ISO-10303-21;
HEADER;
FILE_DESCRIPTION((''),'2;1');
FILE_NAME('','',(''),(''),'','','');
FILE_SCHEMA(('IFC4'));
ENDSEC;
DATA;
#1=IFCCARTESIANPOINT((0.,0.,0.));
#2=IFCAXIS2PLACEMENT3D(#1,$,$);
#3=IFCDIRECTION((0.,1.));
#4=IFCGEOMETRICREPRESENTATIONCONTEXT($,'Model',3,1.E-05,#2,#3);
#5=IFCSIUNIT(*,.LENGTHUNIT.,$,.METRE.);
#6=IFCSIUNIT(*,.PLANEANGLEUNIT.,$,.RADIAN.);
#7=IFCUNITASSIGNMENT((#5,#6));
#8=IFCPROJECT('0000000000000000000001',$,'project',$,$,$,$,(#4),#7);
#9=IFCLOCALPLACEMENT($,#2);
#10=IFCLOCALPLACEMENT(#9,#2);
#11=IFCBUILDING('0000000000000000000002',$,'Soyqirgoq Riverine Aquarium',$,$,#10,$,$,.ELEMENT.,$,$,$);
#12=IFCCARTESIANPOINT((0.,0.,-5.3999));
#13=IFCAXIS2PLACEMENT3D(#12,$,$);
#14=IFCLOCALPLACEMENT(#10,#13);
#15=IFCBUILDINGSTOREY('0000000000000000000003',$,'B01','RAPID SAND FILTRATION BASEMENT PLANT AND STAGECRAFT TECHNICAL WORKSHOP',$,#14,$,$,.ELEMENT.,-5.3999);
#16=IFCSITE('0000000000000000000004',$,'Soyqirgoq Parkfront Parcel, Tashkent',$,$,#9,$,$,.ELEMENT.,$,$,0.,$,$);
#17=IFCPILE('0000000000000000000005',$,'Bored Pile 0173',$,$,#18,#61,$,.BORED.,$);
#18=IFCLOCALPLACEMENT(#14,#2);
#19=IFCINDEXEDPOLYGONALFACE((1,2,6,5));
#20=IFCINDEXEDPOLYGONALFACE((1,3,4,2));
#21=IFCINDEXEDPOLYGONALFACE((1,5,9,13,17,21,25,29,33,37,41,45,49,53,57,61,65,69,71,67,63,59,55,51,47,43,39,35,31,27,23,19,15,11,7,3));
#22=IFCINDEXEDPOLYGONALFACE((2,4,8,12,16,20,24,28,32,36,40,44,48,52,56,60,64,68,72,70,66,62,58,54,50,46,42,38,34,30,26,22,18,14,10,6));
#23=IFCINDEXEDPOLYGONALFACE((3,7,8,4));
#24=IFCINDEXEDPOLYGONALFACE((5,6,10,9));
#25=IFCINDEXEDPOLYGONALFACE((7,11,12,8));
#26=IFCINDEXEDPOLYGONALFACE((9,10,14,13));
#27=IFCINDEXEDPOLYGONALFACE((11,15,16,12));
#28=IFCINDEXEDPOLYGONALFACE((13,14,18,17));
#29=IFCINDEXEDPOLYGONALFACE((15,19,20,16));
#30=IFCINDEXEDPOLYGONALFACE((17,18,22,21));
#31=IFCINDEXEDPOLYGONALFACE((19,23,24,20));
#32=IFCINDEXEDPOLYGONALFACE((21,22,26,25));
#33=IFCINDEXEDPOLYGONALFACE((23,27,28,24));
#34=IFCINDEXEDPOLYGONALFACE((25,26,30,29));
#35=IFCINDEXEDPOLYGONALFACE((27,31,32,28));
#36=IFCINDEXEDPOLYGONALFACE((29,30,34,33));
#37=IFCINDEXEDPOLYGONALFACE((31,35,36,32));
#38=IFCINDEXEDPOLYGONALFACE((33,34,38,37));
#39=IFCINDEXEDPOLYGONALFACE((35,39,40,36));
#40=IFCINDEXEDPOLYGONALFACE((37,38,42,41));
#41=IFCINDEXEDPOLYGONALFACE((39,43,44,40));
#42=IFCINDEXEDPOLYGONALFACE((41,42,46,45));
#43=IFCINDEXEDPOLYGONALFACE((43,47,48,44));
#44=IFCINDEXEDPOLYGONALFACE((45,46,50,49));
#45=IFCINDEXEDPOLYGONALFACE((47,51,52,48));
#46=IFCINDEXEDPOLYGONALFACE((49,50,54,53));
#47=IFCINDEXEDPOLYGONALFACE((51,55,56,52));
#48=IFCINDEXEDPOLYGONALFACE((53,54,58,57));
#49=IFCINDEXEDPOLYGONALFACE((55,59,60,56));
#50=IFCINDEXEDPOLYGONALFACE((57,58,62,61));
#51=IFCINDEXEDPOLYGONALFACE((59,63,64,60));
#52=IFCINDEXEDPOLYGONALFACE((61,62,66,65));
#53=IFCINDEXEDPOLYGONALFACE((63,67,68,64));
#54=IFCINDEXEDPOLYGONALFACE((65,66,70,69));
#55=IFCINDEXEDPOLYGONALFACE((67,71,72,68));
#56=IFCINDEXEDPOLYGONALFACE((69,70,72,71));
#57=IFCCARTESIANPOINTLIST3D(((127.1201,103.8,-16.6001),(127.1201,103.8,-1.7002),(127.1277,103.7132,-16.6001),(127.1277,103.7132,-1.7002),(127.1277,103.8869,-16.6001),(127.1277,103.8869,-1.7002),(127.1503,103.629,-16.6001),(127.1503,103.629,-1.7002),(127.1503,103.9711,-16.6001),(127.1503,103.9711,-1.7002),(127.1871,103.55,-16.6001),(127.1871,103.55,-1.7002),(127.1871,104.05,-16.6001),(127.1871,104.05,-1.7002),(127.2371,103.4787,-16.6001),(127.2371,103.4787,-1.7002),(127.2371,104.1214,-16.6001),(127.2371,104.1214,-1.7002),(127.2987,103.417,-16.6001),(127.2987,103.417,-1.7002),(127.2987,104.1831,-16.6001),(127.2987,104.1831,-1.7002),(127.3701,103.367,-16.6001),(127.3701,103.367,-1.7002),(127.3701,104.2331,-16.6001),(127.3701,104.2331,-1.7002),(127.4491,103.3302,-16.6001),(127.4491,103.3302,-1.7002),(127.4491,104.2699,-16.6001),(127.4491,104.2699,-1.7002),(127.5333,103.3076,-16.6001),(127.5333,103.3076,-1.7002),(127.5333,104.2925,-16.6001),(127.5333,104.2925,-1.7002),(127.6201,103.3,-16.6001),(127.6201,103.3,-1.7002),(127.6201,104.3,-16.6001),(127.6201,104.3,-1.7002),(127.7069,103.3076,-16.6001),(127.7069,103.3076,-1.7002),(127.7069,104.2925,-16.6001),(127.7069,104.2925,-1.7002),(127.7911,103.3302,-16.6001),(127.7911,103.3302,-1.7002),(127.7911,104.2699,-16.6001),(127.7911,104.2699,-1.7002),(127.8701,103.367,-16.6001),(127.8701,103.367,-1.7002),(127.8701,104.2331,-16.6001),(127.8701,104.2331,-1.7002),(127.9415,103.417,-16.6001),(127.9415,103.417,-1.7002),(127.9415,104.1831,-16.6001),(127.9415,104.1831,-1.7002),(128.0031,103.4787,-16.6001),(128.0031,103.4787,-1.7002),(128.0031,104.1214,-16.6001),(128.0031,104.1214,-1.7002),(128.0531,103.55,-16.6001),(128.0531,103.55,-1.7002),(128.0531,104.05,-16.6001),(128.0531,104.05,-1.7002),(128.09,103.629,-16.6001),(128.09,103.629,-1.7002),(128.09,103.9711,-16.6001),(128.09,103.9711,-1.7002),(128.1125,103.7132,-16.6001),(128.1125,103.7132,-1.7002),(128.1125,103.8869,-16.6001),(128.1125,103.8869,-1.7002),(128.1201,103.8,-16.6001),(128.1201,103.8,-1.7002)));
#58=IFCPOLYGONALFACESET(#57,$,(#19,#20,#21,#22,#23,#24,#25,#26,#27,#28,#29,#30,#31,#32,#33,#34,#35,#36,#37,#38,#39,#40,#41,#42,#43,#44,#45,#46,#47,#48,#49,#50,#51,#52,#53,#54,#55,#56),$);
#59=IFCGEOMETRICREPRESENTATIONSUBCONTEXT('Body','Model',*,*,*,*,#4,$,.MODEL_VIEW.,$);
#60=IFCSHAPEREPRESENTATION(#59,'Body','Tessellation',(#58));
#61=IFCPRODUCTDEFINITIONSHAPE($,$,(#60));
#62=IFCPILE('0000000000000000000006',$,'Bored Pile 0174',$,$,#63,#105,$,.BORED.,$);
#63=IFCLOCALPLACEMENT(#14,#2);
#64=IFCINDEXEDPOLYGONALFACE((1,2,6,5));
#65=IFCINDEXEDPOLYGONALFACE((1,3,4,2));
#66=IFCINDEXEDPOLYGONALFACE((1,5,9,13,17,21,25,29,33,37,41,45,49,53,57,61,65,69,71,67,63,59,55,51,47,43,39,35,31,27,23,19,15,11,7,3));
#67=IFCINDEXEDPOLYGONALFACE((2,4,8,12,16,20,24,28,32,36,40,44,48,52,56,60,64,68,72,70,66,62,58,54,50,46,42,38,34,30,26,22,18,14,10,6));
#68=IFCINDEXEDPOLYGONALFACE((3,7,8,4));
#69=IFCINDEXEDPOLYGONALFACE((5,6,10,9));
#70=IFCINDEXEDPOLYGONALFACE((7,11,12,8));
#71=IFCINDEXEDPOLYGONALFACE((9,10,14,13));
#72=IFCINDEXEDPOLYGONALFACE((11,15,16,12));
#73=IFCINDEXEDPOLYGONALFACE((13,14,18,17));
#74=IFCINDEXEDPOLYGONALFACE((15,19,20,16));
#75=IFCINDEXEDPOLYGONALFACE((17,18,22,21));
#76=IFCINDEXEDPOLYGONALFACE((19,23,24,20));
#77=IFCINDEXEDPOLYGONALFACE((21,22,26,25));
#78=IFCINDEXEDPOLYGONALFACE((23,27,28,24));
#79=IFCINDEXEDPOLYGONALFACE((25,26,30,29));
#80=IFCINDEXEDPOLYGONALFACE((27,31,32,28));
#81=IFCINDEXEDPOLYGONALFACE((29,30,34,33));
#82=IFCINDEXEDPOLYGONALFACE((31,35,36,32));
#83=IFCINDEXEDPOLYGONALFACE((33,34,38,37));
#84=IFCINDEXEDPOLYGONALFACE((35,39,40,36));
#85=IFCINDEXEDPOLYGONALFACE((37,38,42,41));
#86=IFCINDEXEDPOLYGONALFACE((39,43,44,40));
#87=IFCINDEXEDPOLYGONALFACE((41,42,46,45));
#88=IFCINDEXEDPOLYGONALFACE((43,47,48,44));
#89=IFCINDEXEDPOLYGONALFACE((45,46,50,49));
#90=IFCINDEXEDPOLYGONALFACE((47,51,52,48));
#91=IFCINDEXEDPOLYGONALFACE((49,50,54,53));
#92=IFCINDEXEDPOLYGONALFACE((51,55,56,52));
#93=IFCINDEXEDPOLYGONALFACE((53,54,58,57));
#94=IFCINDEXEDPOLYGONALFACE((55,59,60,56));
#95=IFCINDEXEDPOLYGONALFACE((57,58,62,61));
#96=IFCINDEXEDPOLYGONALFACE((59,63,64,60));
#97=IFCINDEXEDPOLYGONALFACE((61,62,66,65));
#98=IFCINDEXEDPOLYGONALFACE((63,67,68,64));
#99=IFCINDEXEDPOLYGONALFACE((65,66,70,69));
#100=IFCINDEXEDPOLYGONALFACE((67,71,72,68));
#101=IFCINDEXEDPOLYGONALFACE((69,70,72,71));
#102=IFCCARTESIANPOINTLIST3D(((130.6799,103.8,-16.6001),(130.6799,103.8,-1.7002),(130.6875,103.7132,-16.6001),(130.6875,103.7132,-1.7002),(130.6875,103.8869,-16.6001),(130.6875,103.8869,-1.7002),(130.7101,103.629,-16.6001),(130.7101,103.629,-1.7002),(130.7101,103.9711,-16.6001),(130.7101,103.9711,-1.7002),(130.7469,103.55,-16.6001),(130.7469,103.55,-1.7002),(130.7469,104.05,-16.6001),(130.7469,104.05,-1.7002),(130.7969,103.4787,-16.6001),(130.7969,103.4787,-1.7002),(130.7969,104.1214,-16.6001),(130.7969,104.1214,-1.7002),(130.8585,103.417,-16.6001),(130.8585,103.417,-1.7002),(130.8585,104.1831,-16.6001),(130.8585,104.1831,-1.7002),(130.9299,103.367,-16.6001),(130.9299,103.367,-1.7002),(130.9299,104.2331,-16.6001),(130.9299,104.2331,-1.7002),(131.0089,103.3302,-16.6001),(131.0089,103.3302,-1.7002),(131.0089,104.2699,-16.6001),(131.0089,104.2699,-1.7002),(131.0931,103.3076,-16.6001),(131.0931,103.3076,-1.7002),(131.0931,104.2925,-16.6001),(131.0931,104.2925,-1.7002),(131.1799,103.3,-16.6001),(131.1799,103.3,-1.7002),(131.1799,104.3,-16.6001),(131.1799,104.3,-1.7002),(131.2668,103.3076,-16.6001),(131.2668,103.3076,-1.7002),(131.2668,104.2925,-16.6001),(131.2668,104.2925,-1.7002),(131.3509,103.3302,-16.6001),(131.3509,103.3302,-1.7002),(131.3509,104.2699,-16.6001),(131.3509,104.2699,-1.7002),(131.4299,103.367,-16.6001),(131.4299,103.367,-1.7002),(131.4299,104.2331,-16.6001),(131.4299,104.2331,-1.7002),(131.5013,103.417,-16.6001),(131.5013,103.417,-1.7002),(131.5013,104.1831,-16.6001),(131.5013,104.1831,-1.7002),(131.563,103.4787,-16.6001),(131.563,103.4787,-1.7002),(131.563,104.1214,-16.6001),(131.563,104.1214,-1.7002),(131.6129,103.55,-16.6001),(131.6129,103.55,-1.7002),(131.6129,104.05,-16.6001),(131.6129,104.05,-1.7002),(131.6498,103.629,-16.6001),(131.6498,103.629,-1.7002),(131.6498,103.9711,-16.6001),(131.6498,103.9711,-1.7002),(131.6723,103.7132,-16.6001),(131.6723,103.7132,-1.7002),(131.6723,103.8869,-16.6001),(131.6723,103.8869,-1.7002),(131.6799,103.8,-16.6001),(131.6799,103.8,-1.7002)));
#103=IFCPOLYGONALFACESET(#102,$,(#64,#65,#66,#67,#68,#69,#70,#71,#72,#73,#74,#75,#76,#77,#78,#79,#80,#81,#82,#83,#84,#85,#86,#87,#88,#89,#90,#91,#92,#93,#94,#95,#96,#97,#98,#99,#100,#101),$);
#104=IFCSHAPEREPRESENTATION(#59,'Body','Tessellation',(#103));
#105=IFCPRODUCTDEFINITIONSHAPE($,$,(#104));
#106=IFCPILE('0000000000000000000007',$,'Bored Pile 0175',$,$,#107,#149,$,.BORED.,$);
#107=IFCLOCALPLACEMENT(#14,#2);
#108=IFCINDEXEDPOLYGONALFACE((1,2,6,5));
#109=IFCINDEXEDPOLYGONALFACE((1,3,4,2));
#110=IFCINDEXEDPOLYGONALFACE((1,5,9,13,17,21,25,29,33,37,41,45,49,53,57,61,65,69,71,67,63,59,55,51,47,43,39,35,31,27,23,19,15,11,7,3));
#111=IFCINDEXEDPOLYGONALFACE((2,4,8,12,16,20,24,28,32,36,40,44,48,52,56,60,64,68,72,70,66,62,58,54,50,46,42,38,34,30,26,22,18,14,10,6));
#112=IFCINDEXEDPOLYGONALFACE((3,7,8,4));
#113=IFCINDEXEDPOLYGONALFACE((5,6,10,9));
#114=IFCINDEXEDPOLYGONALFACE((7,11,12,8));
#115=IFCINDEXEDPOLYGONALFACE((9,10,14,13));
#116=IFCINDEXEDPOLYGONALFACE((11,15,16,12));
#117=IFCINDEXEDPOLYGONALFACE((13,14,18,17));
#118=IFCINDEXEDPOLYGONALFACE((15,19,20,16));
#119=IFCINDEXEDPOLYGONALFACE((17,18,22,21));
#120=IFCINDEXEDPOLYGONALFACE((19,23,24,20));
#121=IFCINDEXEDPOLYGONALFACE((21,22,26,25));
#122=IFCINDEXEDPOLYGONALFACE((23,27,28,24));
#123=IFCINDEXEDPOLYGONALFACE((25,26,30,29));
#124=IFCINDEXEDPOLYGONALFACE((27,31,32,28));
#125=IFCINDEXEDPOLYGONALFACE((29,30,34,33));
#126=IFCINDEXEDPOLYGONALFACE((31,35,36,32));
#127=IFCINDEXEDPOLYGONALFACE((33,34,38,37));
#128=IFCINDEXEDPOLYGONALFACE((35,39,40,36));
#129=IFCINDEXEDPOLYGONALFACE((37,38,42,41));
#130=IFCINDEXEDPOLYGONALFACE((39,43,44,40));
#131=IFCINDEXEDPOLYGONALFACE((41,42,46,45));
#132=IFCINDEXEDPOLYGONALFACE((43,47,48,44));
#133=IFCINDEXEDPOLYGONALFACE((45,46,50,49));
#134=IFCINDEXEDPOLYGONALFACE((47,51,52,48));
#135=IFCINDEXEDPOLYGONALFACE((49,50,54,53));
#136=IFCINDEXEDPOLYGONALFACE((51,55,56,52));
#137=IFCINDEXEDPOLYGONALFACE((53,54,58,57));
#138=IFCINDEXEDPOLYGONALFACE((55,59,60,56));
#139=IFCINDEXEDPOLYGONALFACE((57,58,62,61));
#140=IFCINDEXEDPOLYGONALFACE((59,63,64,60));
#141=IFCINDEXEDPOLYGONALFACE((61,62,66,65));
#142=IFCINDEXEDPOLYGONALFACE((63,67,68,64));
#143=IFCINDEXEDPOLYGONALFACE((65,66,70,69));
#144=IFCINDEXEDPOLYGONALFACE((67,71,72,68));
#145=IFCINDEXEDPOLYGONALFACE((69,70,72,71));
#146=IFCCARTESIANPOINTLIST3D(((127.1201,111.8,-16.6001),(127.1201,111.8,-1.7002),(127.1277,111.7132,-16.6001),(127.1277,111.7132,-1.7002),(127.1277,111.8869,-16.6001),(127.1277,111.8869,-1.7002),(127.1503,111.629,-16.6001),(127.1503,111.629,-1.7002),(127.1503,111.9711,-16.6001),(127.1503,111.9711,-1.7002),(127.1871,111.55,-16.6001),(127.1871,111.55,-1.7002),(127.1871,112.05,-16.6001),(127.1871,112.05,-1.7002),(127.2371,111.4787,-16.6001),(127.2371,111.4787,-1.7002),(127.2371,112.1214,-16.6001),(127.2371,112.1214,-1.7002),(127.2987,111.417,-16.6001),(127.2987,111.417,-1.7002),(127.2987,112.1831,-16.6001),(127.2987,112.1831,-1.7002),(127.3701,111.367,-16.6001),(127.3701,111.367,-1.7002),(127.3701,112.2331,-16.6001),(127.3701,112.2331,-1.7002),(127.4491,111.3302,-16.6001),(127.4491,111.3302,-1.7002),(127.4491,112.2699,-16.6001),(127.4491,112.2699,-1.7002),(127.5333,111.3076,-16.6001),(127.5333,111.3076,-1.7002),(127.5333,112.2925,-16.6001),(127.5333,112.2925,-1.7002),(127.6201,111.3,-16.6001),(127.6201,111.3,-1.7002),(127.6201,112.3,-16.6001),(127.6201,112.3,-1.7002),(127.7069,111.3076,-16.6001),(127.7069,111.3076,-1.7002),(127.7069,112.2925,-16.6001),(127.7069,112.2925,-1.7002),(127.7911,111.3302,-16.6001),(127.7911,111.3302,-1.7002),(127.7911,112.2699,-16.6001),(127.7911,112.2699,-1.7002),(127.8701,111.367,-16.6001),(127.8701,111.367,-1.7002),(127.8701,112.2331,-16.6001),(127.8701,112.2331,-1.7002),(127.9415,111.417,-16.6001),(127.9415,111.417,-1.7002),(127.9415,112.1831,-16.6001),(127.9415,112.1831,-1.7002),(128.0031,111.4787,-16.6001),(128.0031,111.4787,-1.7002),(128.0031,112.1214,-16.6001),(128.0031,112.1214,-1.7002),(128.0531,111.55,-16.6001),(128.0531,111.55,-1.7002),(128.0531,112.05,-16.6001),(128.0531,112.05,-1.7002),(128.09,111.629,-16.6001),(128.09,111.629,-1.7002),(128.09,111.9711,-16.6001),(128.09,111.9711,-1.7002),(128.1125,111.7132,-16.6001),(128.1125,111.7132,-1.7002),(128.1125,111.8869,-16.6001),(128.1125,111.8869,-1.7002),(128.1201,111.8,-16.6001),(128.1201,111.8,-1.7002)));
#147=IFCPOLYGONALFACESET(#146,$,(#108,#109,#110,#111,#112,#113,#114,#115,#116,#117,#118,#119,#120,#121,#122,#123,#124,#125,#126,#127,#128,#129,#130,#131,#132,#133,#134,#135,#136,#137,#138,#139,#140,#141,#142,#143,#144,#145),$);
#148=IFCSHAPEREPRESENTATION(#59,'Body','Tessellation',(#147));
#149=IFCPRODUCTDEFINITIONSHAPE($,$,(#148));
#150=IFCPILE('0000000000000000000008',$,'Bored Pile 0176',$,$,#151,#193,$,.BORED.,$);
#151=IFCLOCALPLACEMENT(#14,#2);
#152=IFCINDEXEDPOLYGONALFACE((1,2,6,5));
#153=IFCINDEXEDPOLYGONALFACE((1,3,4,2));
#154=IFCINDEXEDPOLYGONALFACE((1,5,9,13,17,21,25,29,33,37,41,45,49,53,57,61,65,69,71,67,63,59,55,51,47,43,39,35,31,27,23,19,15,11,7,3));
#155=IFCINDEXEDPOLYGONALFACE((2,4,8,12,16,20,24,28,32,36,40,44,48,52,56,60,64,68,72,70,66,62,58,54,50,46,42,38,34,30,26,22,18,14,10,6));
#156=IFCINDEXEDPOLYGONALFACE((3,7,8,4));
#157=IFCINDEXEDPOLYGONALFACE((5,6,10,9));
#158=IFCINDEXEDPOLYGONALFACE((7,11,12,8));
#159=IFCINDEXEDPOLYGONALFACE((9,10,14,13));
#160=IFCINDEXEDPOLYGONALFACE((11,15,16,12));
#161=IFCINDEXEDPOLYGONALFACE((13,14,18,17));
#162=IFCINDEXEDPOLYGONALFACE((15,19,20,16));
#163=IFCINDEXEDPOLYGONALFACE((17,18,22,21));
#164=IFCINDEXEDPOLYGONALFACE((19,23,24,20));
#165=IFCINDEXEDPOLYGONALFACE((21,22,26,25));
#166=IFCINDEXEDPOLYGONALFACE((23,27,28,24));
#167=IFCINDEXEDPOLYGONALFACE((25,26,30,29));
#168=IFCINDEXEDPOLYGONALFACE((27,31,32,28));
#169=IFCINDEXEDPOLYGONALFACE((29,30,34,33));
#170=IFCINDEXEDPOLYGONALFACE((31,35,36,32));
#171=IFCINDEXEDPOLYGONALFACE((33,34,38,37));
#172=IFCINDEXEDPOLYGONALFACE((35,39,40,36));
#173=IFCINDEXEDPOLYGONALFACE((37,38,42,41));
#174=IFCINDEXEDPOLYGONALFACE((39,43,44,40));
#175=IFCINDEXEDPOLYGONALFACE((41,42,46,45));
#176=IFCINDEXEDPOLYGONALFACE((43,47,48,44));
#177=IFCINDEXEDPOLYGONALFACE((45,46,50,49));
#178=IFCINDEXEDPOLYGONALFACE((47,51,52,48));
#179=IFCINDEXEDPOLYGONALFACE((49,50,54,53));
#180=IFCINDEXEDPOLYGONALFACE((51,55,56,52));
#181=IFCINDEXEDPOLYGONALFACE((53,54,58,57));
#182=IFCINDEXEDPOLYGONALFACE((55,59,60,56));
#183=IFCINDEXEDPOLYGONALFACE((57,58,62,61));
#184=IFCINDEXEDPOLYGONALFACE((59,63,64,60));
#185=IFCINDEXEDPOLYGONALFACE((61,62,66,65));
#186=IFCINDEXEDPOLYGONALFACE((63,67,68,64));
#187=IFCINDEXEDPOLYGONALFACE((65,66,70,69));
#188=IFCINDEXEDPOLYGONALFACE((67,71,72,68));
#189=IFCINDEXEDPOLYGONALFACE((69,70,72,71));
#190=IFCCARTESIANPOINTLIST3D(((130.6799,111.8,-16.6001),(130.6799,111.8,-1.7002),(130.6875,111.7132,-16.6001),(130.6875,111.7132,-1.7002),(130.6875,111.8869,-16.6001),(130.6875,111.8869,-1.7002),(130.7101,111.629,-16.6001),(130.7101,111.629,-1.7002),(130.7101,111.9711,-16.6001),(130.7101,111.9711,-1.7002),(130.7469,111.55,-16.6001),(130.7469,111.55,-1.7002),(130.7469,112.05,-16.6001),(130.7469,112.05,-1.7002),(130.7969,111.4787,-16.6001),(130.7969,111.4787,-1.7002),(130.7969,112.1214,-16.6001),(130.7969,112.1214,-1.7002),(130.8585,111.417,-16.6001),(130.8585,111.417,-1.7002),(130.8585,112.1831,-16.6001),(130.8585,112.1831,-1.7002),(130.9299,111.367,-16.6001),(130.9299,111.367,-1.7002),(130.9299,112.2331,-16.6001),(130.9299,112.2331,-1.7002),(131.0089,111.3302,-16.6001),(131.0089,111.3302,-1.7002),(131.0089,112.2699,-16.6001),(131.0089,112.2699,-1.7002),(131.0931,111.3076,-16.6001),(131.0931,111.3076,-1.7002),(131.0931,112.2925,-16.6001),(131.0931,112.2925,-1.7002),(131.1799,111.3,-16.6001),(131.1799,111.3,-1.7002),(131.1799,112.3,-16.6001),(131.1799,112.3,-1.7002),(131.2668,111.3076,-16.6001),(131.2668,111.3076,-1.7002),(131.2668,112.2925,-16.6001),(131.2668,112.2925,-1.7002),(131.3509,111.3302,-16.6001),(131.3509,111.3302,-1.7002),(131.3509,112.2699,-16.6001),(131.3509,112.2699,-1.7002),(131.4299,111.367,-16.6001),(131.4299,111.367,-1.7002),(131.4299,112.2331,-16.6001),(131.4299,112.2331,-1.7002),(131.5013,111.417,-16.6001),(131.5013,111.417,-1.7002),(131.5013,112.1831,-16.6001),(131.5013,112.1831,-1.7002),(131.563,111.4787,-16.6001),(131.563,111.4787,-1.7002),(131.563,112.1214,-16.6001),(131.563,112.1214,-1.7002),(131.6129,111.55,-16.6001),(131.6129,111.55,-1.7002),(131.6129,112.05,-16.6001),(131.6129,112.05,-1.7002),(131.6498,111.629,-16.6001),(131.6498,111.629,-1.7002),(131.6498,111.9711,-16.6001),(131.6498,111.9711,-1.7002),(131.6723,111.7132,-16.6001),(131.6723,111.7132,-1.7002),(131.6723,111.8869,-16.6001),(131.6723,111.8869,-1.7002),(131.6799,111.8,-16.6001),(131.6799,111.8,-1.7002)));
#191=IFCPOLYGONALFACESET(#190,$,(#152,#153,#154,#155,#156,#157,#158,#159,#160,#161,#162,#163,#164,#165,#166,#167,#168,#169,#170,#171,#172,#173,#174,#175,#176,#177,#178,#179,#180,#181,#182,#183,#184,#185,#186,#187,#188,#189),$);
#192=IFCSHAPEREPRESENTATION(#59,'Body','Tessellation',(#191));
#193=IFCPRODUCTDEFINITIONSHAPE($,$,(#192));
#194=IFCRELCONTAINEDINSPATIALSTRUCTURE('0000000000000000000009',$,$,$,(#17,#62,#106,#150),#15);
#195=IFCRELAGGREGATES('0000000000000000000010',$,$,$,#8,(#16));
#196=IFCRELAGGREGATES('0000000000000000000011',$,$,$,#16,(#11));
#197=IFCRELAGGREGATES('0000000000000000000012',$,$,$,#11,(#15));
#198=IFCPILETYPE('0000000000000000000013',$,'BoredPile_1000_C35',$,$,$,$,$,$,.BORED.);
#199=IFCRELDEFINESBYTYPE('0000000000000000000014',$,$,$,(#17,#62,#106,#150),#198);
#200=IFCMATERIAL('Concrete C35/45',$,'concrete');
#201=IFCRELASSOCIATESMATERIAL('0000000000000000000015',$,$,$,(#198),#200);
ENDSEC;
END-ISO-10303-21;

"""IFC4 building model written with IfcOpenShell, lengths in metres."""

from ifc_helpers import new_model, si_unit, direction, frame, origin, origin_2d, place, context, subcontext, project, spatial, circle, extrude, material, material_profile, profile_set, type_object, element, save


model = new_model("IFC4")

# Units and contexts
model_context = context("Model", 3, precision=1e-05, world=origin(), true_north=direction((0.0, 1.0)))
body_context = subcontext(model_context, "Body", "Model", "MODEL_VIEW")
ifc_project = project(units=[si_unit("LENGTHUNIT", "METRE"), si_unit("PLANEANGLEUNIT", "RADIAN")], contexts=[model_context])

# Site, building, storey
site_placement = place(None, origin())
site = spatial("IfcSite", under=ifc_project, at=site_placement, Name="Soyqirgoq Parkfront Parcel, Tashkent", CompositionType="ELEMENT", RefElevation=0.0)
building_placement = place(site_placement, origin())
building = spatial("IfcBuilding", under=site, at=building_placement, Name="Soyqirgoq Riverine Aquarium", CompositionType="ELEMENT")
storey_placement = place(building_placement, frame((0.0, 0.0, -5.3999)))
storey = spatial("IfcBuildingStorey", under=building, at=storey_placement, Name="B01", Description="RAPID SAND FILTRATION BASEMENT PLANT AND STAGECRAFT TECHNICAL WORKSHOP", CompositionType="ELEMENT", Elevation=-5.3999)

# Piles
ifc_material_1 = material(Name="Concrete C35/45", Category="concrete")
ifc_material_profile_1 = material_profile(ifc_material_1, circle(Radius=0.5, at=origin_2d()), Name="BP D1000")
ifc_profile_set_1 = profile_set([ifc_material_profile_1], Name="Concrete C35/45")
pile_type = type_object("IfcPileType", Name="BoredPile_1000_C35", PredefinedType="BORED", material=ifc_profile_set_1)
for number, where, z_axis, x_axis, name in (
    (1, (127.6201, 103.8, -1.7002), (0.0, 0.0, -1.0), (1.0, 0.0, 0.0), "Bored Pile 0173"),
    (2, (131.1799, 103.8, -1.7002), (0.0, 0.0, -1.0), (1.0, 0.0, 0.0), "Bored Pile 0174"),
    (3, (127.6201, 111.8, -1.7002), (0.0, 0.0, -1.0), (1.0, 0.0, 0.0), "Bored Pile 0175"),
    (4, (131.1799, 111.8, -1.7002), (0.0, 0.0, -1.0), (1.0, 0.0, 0.0), "Bored Pile 0176"),
):
    element("IfcPile", number, at=place(storey_placement, frame(where, z_axis=z_axis, x_axis=x_axis)), inside=storey, type_object=pile_type, Name=name, PredefinedType="BORED", context=body_context, shape_type="SweptSolid", body=[
        extrude(circle(Radius=0.5, at=origin_2d()), origin(), (0.0, 0.0, 1.0), 14.8999),
    ])

save(model, "model.ifc")
